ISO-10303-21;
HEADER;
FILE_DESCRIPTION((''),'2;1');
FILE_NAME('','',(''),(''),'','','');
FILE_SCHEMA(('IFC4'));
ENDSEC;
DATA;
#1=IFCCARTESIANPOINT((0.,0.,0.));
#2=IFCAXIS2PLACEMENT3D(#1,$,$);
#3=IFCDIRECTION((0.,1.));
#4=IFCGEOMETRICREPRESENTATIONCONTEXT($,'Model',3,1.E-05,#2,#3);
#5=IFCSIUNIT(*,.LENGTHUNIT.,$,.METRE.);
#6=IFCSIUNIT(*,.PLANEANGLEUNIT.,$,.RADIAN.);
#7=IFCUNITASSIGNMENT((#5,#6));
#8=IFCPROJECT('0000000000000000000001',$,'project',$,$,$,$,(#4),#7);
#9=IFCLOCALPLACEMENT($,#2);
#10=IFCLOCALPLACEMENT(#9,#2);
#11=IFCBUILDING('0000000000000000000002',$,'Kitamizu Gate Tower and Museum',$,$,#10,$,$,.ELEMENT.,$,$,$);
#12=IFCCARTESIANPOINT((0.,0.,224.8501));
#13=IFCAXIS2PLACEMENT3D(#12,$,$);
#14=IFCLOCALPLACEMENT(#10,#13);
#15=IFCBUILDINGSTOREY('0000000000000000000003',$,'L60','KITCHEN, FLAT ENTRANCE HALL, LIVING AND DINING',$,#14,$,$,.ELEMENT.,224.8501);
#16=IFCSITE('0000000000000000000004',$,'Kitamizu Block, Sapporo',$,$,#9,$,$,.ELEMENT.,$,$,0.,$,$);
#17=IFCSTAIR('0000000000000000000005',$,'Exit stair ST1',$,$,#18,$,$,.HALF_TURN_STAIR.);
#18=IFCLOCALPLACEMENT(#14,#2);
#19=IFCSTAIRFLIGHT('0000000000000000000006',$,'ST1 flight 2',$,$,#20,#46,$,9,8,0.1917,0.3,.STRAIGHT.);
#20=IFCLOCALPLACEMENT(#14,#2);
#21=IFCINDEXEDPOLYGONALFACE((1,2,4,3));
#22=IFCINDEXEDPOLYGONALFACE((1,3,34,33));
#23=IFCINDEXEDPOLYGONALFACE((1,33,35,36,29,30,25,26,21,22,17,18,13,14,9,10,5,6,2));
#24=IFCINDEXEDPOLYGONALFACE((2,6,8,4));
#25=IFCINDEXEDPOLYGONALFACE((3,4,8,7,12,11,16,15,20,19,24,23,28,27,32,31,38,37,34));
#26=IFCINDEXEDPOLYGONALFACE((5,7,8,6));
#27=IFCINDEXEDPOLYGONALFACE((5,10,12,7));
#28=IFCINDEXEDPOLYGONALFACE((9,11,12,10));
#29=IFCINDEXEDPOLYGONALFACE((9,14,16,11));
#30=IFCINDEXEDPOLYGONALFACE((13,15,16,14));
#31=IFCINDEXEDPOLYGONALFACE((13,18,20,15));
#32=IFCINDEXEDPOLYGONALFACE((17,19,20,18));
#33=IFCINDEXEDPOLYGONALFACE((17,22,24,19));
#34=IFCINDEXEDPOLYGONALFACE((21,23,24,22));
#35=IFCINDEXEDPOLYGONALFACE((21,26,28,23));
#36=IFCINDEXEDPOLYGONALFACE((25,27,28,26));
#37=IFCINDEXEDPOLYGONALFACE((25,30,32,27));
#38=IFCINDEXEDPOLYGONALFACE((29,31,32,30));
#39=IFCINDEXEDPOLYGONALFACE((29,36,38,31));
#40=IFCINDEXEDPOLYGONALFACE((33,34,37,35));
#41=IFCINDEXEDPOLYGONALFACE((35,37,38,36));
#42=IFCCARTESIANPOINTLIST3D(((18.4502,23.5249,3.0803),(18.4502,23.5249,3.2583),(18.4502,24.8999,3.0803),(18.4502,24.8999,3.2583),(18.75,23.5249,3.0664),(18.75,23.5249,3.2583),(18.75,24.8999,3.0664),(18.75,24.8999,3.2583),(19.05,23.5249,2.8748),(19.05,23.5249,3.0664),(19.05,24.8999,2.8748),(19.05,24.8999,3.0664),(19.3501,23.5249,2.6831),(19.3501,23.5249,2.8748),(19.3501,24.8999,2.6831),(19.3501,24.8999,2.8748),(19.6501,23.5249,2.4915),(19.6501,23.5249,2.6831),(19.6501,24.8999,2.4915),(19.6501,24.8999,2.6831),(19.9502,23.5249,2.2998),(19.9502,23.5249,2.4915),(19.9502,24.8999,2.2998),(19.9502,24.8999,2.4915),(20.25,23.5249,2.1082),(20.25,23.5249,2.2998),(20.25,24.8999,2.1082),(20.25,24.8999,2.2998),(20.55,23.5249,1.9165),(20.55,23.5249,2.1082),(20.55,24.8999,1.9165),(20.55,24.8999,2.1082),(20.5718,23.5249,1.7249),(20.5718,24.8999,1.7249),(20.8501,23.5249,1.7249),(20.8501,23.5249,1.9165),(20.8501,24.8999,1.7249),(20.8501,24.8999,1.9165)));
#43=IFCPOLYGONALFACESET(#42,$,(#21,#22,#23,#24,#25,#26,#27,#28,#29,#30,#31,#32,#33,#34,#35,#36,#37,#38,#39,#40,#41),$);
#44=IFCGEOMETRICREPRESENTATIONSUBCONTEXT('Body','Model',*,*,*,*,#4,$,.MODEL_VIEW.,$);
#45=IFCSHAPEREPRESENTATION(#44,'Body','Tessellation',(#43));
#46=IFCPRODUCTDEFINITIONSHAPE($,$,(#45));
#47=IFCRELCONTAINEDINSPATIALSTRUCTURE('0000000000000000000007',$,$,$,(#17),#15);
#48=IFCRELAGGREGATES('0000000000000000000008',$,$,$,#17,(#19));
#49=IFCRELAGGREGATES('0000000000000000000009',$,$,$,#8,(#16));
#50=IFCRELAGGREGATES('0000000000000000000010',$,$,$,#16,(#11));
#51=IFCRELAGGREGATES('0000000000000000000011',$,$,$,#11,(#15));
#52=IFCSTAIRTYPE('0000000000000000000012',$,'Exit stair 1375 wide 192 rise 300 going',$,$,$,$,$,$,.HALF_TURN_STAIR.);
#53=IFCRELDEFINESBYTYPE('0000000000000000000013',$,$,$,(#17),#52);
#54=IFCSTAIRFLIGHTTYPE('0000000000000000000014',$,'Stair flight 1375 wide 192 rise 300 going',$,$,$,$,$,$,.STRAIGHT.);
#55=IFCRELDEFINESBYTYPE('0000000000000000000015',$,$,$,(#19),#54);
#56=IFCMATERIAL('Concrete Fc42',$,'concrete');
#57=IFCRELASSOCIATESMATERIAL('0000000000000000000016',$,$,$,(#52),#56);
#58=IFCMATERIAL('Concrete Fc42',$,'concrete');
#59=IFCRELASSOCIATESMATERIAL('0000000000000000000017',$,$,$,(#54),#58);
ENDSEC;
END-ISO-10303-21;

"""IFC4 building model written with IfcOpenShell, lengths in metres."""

from ifc_helpers import new_model, si_unit, direction, frame, origin, place, context, subcontext, project, spatial, polyline, outline, extrude, material, type_object, element, aggregate, save


model = new_model("IFC4")

# Units and contexts
model_context = context("Model", 3, precision=1e-05, world=origin(), true_north=direction((0.0, 1.0)))
body_context = subcontext(model_context, "Body", "Model", "MODEL_VIEW")
ifc_project = project(units=[si_unit("LENGTHUNIT", "METRE"), si_unit("PLANEANGLEUNIT", "RADIAN")], contexts=[model_context])

# Site, building, storey
site_placement = place(None, origin())
site = spatial("IfcSite", under=ifc_project, at=site_placement, Name="Kitamizu Block, Sapporo", CompositionType="ELEMENT", RefElevation=0.0)
building_placement = place(site_placement, origin())
building = spatial("IfcBuilding", under=site, at=building_placement, Name="Kitamizu Gate Tower and Museum", CompositionType="ELEMENT")
storey_placement = place(building_placement, frame((0.0, 0.0, 224.8501)))
storey = spatial("IfcBuildingStorey", under=building, at=storey_placement, Name="L60", Description="KITCHEN, FLAT ENTRANCE HALL, LIVING AND DINING", CompositionType="ELEMENT", Elevation=224.8501)

# Stair, stair flight
ifc_material_1 = material(Name="Concrete Fc42", Category="concrete")
stair_type = type_object("IfcStairType", Name="Exit stair 1375 wide 192 rise 300 going", PredefinedType="HALF_TURN_STAIR", material=ifc_material_1)
stair_placement = place(storey_placement, origin())
stair = element("IfcStair", 1, at=stair_placement, inside=storey, type_object=stair_type, Name="Exit stair ST1", PredefinedType="HALF_TURN_STAIR")
ifc_material_2 = material(Name="Concrete Fc42", Category="concrete")
stair_flight_type = type_object("IfcStairFlightType", Name="Stair flight 1375 wide 192 rise 300 going", PredefinedType="STRAIGHT", material=ifc_material_2)
stair_flight_1_placement = place(storey_placement, frame((20.8501, 24.2124, 1.7249), z_axis=(0.0, 0.0, 1.0), x_axis=(-1.0, 0.0, 0.0)))
stair_flight_1 = element("IfcStairFlight", 2, at=stair_flight_1_placement, type_object=stair_flight_type, Name="ST1 flight 2", NumberOfRisers=9, NumberOfTreads=8, PredefinedType="STRAIGHT", RiserHeight=0.1917, TreadLength=0.3, context=body_context, shape_type="SweptSolid", body=[
    extrude(outline(polyline([(0.0, 0.0), (0.0, 0.1917), (0.3, 0.1917), (0.3, 0.3833), (0.6001, 0.3833), (0.6001, 0.575), (0.8999, 0.575), (0.8999, 0.7666), (1.2, 0.7666), (1.2, 0.9583), (1.5, 0.9583), (1.5, 1.1499), (1.8, 1.1499), (1.8, 1.3416), (2.1001, 1.3416), (2.1001, 1.5334), (2.3999, 1.5334), (2.3999, 1.7251), (2.3999, 1.3555), (0.2783, 0.0), (0.0, 0.0)])), frame((0.0, 0.6875, 0.0), z_axis=(0.0, -1.0, 0.0), x_axis=(1.0, 0.0, 0.0)), (0.0, 0.0, 1.0), 1.375),
])
aggregate(stair, [stair_flight_1])

save(model, "model.ifc")
